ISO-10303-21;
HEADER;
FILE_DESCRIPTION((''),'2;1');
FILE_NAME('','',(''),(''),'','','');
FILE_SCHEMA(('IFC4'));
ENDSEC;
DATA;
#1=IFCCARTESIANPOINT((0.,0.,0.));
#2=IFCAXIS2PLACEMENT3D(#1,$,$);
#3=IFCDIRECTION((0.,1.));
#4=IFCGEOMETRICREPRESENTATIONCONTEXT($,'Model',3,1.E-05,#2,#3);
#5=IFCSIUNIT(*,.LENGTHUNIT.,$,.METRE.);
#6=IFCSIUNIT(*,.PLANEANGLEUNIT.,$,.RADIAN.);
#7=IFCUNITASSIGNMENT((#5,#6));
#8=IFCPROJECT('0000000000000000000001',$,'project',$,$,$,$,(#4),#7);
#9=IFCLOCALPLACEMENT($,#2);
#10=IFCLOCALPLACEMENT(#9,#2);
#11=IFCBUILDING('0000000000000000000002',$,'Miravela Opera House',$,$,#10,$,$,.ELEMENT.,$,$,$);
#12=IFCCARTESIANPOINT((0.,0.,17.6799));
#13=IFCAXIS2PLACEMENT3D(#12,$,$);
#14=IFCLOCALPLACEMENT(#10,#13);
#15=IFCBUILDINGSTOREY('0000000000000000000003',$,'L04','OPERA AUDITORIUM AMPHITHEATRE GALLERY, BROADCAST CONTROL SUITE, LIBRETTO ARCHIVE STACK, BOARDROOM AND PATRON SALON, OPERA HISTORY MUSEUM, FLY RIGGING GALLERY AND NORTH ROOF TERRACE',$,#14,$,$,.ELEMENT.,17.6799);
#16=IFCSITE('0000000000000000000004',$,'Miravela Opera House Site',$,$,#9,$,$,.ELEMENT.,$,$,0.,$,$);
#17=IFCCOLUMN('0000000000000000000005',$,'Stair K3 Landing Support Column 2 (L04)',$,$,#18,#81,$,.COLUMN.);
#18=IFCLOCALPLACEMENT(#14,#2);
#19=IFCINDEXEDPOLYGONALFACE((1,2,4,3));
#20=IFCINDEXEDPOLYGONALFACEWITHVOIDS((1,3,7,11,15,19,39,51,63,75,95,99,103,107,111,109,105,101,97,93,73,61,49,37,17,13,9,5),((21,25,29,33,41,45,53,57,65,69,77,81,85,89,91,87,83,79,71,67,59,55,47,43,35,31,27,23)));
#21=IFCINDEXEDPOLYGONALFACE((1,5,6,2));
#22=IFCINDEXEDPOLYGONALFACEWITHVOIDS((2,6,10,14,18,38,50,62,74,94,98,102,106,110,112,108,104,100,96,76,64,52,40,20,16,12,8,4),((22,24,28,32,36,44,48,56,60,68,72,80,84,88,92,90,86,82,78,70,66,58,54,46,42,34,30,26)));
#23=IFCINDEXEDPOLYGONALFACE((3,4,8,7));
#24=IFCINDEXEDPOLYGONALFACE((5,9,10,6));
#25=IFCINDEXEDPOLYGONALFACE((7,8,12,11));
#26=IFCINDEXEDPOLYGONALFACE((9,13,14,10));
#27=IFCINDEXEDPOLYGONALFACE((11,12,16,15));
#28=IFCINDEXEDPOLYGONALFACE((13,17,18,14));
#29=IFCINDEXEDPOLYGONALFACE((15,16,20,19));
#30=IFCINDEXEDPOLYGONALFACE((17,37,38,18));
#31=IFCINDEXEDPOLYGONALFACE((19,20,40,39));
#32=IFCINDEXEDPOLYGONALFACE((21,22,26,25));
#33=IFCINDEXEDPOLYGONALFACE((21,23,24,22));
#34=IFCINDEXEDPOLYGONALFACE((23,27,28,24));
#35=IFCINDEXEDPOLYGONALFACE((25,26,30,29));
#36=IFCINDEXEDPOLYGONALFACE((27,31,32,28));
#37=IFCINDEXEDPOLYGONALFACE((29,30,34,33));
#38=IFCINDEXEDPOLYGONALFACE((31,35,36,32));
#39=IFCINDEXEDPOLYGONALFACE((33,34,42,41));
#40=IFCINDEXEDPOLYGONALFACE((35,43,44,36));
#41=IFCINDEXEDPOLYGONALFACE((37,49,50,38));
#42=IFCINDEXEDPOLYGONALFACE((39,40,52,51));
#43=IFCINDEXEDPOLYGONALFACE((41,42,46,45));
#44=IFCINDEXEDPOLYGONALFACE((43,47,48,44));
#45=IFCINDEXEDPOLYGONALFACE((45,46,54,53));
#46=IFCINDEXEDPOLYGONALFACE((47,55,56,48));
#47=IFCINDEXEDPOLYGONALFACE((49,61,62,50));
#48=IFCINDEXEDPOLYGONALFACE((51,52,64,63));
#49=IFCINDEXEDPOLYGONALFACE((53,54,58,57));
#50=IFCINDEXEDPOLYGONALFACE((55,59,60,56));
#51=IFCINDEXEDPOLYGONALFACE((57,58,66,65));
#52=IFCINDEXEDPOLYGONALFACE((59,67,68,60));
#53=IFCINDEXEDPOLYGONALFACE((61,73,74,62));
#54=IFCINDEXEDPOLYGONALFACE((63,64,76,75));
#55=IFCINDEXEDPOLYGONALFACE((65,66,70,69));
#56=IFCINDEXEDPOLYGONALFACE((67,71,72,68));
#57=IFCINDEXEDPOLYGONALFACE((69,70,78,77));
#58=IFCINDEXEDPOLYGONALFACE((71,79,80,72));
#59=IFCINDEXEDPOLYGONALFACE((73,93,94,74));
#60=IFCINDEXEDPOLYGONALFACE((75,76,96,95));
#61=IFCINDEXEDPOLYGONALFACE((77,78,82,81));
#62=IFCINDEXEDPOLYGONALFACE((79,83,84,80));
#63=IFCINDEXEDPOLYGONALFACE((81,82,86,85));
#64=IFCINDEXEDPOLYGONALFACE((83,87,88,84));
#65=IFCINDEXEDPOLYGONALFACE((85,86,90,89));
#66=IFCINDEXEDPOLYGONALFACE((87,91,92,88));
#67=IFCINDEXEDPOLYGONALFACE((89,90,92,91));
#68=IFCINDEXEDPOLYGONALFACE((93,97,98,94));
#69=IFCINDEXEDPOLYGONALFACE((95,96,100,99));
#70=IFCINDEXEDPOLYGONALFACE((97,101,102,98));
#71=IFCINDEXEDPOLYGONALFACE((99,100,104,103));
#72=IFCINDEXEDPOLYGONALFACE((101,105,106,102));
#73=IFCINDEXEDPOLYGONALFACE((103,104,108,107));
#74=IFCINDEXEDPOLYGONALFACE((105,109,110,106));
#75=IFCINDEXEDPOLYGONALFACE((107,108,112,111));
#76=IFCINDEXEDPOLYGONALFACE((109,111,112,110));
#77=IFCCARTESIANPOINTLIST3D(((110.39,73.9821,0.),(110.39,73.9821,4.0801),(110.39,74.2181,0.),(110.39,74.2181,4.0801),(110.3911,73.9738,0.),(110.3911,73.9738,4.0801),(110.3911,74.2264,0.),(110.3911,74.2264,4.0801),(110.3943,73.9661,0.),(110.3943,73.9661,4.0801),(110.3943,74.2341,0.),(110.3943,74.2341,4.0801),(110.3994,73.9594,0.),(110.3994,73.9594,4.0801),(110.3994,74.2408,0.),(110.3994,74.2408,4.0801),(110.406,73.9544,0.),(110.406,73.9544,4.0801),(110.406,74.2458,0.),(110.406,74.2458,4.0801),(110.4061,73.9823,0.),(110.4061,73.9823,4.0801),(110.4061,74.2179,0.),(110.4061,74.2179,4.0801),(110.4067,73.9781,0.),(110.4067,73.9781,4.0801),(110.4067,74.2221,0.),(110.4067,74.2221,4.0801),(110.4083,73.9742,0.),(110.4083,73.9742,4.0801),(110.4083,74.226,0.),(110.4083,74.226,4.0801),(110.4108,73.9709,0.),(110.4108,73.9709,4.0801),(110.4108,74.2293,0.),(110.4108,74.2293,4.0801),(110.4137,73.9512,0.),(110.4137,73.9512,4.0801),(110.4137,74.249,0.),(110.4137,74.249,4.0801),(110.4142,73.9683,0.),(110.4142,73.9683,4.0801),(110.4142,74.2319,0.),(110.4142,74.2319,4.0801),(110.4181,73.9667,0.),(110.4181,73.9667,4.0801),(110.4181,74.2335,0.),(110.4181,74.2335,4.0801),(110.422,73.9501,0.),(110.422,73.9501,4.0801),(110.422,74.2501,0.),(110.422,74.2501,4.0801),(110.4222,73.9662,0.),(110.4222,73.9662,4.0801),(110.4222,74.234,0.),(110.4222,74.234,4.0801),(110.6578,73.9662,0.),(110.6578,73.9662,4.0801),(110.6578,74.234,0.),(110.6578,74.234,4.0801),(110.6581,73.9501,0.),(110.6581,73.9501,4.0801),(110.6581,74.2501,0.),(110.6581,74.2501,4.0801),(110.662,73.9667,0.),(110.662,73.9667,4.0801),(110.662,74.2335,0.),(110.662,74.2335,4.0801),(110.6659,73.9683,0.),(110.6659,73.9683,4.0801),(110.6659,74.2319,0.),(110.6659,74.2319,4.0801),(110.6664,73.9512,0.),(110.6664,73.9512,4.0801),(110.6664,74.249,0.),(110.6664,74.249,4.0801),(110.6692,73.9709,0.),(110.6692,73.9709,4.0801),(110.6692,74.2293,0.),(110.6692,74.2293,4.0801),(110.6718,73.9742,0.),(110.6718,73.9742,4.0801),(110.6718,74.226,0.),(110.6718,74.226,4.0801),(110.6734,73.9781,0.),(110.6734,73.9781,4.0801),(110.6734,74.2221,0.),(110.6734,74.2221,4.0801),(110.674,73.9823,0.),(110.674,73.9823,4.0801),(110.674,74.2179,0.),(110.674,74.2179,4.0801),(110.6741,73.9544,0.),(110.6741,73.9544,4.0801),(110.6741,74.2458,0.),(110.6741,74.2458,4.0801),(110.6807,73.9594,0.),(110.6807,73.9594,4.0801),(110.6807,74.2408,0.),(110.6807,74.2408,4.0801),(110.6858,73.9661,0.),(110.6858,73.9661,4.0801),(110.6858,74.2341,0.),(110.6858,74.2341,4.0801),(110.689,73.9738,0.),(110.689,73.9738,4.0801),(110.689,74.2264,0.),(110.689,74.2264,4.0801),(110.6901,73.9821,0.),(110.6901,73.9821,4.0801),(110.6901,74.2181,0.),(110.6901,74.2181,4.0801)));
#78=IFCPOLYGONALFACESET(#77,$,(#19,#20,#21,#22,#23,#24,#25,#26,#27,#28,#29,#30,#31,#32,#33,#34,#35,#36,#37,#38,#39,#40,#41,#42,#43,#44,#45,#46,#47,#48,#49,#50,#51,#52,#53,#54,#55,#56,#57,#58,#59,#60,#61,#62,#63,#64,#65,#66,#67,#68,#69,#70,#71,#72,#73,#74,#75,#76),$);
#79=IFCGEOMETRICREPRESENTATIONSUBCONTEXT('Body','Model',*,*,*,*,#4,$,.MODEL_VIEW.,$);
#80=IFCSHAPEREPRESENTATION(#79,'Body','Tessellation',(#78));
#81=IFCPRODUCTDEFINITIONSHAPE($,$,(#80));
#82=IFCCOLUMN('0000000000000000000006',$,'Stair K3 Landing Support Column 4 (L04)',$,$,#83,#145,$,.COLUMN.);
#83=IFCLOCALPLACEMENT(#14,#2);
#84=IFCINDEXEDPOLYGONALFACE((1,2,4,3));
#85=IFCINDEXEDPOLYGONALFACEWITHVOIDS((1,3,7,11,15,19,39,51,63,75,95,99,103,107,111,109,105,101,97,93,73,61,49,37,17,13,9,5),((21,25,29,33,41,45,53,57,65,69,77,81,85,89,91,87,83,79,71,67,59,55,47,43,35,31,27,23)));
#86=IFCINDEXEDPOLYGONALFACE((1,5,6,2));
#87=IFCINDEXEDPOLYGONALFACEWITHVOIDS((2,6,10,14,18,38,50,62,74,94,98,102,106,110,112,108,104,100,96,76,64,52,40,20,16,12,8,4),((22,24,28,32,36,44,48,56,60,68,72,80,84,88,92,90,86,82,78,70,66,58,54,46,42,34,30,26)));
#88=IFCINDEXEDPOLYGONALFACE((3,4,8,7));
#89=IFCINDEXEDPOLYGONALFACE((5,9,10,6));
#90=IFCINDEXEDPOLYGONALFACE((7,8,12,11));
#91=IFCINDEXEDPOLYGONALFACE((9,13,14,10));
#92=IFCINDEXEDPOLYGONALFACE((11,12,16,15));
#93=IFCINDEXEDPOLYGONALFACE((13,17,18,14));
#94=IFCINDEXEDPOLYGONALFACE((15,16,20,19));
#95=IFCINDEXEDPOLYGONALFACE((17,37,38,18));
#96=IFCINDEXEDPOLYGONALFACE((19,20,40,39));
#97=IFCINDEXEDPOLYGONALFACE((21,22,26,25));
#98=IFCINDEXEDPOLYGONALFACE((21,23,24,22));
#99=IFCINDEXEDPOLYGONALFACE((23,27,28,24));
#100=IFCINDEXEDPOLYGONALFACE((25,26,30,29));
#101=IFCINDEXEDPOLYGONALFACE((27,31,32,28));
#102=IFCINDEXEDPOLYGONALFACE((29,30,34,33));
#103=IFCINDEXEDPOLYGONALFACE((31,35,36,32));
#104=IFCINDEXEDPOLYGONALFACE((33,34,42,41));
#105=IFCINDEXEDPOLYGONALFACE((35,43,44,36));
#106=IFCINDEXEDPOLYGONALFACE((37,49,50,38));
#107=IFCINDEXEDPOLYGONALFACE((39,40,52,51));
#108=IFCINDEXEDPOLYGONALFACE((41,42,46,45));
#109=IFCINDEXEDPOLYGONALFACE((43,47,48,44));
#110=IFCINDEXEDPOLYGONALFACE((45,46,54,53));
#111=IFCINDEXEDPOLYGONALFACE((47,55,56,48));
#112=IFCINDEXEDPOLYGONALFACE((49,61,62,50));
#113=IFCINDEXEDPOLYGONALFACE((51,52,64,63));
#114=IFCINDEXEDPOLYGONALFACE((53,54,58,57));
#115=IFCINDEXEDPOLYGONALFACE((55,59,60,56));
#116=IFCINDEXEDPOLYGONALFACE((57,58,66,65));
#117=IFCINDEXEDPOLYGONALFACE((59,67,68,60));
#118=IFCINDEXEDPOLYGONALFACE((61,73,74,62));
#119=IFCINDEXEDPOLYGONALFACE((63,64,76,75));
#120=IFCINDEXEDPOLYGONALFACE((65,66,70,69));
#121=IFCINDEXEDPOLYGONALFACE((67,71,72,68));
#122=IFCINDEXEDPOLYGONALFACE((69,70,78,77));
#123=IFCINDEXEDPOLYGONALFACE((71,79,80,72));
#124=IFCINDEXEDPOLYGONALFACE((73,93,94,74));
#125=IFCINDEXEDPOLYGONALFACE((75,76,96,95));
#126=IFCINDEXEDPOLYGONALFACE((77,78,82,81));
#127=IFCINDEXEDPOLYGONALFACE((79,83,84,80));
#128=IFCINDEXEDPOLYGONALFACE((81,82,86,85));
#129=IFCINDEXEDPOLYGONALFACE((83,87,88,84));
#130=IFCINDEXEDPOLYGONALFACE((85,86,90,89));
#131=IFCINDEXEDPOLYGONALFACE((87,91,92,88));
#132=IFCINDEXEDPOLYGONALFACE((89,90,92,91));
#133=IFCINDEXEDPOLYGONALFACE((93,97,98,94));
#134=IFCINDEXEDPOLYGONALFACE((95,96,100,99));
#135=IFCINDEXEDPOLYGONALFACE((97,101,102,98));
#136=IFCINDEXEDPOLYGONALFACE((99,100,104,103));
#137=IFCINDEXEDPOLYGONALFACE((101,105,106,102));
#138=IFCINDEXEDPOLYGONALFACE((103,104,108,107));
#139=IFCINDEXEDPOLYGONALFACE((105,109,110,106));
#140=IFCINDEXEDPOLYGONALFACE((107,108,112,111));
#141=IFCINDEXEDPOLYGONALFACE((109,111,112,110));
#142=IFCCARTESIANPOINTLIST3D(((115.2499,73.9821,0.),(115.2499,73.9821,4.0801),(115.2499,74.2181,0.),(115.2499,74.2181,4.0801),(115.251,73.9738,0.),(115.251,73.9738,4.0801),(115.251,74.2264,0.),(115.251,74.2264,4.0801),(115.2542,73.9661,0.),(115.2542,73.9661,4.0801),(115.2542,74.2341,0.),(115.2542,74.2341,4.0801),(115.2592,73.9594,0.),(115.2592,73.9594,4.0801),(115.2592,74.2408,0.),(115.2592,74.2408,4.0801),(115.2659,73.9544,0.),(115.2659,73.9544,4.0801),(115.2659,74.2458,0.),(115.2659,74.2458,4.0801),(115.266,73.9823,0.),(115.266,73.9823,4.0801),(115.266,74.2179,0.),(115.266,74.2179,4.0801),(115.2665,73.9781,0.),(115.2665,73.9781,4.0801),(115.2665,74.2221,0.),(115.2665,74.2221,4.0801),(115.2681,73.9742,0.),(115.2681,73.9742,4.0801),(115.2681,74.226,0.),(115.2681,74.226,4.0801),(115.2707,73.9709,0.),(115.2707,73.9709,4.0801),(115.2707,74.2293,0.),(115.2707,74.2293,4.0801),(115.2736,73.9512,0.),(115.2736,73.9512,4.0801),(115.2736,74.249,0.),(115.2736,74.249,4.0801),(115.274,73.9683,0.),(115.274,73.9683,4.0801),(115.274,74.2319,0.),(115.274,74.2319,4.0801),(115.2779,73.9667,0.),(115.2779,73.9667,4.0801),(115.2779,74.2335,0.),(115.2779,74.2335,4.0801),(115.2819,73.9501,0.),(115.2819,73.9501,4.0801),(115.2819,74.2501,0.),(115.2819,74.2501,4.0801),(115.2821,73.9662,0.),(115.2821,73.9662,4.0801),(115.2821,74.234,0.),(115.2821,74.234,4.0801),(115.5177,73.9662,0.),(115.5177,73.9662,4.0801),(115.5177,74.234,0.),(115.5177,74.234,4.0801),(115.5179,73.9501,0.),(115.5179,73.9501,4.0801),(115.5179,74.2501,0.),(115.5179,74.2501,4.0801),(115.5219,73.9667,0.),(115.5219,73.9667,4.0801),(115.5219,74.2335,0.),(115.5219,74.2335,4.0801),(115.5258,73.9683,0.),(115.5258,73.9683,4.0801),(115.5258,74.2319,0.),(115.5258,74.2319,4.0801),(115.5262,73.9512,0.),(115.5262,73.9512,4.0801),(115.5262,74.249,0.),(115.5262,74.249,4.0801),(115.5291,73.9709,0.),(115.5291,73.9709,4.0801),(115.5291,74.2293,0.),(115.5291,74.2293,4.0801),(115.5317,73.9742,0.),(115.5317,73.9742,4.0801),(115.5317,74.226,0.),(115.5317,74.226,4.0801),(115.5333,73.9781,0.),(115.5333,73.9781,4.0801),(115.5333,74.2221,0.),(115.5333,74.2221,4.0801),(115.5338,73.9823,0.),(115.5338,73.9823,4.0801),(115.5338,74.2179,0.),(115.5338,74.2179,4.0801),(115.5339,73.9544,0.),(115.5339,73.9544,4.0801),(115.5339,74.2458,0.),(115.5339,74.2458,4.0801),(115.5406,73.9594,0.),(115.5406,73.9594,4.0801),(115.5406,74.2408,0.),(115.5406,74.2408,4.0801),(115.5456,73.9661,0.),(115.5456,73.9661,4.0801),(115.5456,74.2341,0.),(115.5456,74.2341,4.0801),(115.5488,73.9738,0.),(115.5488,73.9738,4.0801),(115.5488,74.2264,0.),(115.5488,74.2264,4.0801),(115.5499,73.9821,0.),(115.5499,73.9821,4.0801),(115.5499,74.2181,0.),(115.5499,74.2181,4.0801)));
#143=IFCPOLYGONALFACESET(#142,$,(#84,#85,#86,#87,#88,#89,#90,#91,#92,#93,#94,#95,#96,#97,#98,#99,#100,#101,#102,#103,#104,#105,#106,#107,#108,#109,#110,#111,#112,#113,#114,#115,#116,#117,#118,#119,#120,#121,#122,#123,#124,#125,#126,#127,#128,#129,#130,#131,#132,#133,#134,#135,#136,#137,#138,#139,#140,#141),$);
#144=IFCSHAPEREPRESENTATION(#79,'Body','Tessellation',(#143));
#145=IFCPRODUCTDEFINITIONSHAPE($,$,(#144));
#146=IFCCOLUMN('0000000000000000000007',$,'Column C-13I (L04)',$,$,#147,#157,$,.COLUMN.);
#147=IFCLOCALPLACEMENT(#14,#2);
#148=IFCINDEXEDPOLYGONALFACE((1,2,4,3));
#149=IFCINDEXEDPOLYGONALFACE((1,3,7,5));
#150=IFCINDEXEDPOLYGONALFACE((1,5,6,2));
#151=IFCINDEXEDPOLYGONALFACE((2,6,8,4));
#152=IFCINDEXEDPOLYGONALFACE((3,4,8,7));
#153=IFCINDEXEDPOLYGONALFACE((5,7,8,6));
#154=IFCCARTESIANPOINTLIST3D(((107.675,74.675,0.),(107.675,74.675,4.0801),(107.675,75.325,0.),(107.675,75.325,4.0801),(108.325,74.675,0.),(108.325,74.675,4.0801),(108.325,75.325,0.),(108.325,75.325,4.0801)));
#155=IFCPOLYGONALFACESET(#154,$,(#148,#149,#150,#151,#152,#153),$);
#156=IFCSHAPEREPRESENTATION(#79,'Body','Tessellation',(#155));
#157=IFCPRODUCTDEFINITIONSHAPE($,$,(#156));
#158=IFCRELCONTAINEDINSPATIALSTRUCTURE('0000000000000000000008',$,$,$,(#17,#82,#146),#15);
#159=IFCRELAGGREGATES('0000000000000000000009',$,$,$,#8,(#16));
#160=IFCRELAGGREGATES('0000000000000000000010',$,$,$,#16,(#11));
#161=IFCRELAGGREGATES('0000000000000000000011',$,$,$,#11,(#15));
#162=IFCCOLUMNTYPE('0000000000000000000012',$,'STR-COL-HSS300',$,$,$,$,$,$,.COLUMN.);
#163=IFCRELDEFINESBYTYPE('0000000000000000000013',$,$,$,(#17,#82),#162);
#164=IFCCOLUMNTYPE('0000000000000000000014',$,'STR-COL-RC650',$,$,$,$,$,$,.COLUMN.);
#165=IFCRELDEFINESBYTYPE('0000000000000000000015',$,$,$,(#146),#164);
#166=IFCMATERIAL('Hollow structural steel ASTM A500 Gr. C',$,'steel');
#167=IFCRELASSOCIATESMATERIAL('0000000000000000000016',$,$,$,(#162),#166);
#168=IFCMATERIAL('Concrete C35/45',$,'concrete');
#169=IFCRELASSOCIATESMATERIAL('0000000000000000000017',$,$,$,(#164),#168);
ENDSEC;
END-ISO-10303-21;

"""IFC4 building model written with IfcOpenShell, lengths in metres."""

from ifc_helpers import new_model, si_unit, direction, frame, origin, origin_2d, place, context, subcontext, project, spatial, rectangle, hollow_rectangle, extrude, material, material_profile, profile_set, type_object, element, save


model = new_model("IFC4")

# Units and contexts
model_context = context("Model", 3, precision=1e-05, world=origin(), true_north=direction((0.0, 1.0)))
body_context = subcontext(model_context, "Body", "Model", "MODEL_VIEW")
ifc_project = project(units=[si_unit("LENGTHUNIT", "METRE"), si_unit("PLANEANGLEUNIT", "RADIAN")], contexts=[model_context])

# Site, building, storey
site_placement = place(None, origin())
site = spatial("IfcSite", under=ifc_project, at=site_placement, Name="Miravela Opera House Site", CompositionType="ELEMENT", RefElevation=0.0)
building_placement = place(site_placement, origin())
building = spatial("IfcBuilding", under=site, at=building_placement, Name="Miravela Opera House", CompositionType="ELEMENT")
storey_placement = place(building_placement, frame((0.0, 0.0, 17.6799)))
storey = spatial("IfcBuildingStorey", under=building, at=storey_placement, Name="L04", Description="OPERA AUDITORIUM AMPHITHEATRE GALLERY, BROADCAST CONTROL SUITE, LIBRETTO ARCHIVE STACK, BOARDROOM AND PATRON SALON, OPERA HISTORY MUSEUM, FLY RIGGING GALLERY AND NORTH ROOF TERRACE", CompositionType="ELEMENT", Elevation=17.6799)

# Columns
ifc_material_1 = material(Name="Hollow structural steel ASTM A500 Gr. C", Category="steel")
ifc_material_profile_1 = material_profile(ifc_material_1, hollow_rectangle(XDim=0.3, YDim=0.3, WallThickness=0.0161, InnerFilletRadius=0.0161, OuterFilletRadius=0.032, at=origin_2d()), Name="HSS300X300X16")
ifc_profile_set_1 = profile_set([ifc_material_profile_1])
column_type_1 = type_object("IfcColumnType", Name="STR-COL-HSS300", PredefinedType="COLUMN", material=ifc_profile_set_1)
for number, where, z_axis, x_axis, name in (
    (1, (110.54, 74.1001, 0.0), (0.0, 0.0, 1.0), (1.0, 0.0, 0.0), "Stair K3 Landing Support Column 2 (L04)"),
    (2, (115.3999, 74.1001, 0.0), (0.0, 0.0, 1.0), (1.0, 0.0, 0.0), "Stair K3 Landing Support Column 4 (L04)"),
):
    element("IfcColumn", number, at=place(storey_placement, frame(where, z_axis=z_axis, x_axis=x_axis)), inside=storey, type_object=column_type_1, Name=name, PredefinedType="COLUMN", context=body_context, shape_type="SweptSolid", body=[
        extrude(hollow_rectangle(XDim=0.3, YDim=0.3, WallThickness=0.0161, InnerFilletRadius=0.0161, OuterFilletRadius=0.032, at=origin_2d()), origin(), (0.0, 0.0, 1.0), 4.0801),
    ])
ifc_material_2 = material(Name="Concrete C35/45", Category="concrete")
ifc_material_profile_2 = material_profile(ifc_material_2, rectangle(XDim=0.6499, YDim=0.6499, at=origin_2d()), Name="RC-COL-650X650")
ifc_profile_set_2 = profile_set([ifc_material_profile_2])
column_type_2 = type_object("IfcColumnType", Name="STR-COL-RC650", PredefinedType="COLUMN", material=ifc_profile_set_2)
column_placement = place(storey_placement, frame((108.0, 75.0, 0.0), z_axis=(0.0, 0.0, 1.0), x_axis=(1.0, 0.0, 0.0)))
element("IfcColumn", 3, at=column_placement, inside=storey, type_object=column_type_2, Name="Column C-13I (L04)", PredefinedType="COLUMN", context=body_context, shape_type="SweptSolid", body=[
    extrude(rectangle(XDim=0.6499, YDim=0.6499, at=origin_2d()), origin(), (0.0, 0.0, 1.0), 4.0801),
])

save(model, "model.ifc")
